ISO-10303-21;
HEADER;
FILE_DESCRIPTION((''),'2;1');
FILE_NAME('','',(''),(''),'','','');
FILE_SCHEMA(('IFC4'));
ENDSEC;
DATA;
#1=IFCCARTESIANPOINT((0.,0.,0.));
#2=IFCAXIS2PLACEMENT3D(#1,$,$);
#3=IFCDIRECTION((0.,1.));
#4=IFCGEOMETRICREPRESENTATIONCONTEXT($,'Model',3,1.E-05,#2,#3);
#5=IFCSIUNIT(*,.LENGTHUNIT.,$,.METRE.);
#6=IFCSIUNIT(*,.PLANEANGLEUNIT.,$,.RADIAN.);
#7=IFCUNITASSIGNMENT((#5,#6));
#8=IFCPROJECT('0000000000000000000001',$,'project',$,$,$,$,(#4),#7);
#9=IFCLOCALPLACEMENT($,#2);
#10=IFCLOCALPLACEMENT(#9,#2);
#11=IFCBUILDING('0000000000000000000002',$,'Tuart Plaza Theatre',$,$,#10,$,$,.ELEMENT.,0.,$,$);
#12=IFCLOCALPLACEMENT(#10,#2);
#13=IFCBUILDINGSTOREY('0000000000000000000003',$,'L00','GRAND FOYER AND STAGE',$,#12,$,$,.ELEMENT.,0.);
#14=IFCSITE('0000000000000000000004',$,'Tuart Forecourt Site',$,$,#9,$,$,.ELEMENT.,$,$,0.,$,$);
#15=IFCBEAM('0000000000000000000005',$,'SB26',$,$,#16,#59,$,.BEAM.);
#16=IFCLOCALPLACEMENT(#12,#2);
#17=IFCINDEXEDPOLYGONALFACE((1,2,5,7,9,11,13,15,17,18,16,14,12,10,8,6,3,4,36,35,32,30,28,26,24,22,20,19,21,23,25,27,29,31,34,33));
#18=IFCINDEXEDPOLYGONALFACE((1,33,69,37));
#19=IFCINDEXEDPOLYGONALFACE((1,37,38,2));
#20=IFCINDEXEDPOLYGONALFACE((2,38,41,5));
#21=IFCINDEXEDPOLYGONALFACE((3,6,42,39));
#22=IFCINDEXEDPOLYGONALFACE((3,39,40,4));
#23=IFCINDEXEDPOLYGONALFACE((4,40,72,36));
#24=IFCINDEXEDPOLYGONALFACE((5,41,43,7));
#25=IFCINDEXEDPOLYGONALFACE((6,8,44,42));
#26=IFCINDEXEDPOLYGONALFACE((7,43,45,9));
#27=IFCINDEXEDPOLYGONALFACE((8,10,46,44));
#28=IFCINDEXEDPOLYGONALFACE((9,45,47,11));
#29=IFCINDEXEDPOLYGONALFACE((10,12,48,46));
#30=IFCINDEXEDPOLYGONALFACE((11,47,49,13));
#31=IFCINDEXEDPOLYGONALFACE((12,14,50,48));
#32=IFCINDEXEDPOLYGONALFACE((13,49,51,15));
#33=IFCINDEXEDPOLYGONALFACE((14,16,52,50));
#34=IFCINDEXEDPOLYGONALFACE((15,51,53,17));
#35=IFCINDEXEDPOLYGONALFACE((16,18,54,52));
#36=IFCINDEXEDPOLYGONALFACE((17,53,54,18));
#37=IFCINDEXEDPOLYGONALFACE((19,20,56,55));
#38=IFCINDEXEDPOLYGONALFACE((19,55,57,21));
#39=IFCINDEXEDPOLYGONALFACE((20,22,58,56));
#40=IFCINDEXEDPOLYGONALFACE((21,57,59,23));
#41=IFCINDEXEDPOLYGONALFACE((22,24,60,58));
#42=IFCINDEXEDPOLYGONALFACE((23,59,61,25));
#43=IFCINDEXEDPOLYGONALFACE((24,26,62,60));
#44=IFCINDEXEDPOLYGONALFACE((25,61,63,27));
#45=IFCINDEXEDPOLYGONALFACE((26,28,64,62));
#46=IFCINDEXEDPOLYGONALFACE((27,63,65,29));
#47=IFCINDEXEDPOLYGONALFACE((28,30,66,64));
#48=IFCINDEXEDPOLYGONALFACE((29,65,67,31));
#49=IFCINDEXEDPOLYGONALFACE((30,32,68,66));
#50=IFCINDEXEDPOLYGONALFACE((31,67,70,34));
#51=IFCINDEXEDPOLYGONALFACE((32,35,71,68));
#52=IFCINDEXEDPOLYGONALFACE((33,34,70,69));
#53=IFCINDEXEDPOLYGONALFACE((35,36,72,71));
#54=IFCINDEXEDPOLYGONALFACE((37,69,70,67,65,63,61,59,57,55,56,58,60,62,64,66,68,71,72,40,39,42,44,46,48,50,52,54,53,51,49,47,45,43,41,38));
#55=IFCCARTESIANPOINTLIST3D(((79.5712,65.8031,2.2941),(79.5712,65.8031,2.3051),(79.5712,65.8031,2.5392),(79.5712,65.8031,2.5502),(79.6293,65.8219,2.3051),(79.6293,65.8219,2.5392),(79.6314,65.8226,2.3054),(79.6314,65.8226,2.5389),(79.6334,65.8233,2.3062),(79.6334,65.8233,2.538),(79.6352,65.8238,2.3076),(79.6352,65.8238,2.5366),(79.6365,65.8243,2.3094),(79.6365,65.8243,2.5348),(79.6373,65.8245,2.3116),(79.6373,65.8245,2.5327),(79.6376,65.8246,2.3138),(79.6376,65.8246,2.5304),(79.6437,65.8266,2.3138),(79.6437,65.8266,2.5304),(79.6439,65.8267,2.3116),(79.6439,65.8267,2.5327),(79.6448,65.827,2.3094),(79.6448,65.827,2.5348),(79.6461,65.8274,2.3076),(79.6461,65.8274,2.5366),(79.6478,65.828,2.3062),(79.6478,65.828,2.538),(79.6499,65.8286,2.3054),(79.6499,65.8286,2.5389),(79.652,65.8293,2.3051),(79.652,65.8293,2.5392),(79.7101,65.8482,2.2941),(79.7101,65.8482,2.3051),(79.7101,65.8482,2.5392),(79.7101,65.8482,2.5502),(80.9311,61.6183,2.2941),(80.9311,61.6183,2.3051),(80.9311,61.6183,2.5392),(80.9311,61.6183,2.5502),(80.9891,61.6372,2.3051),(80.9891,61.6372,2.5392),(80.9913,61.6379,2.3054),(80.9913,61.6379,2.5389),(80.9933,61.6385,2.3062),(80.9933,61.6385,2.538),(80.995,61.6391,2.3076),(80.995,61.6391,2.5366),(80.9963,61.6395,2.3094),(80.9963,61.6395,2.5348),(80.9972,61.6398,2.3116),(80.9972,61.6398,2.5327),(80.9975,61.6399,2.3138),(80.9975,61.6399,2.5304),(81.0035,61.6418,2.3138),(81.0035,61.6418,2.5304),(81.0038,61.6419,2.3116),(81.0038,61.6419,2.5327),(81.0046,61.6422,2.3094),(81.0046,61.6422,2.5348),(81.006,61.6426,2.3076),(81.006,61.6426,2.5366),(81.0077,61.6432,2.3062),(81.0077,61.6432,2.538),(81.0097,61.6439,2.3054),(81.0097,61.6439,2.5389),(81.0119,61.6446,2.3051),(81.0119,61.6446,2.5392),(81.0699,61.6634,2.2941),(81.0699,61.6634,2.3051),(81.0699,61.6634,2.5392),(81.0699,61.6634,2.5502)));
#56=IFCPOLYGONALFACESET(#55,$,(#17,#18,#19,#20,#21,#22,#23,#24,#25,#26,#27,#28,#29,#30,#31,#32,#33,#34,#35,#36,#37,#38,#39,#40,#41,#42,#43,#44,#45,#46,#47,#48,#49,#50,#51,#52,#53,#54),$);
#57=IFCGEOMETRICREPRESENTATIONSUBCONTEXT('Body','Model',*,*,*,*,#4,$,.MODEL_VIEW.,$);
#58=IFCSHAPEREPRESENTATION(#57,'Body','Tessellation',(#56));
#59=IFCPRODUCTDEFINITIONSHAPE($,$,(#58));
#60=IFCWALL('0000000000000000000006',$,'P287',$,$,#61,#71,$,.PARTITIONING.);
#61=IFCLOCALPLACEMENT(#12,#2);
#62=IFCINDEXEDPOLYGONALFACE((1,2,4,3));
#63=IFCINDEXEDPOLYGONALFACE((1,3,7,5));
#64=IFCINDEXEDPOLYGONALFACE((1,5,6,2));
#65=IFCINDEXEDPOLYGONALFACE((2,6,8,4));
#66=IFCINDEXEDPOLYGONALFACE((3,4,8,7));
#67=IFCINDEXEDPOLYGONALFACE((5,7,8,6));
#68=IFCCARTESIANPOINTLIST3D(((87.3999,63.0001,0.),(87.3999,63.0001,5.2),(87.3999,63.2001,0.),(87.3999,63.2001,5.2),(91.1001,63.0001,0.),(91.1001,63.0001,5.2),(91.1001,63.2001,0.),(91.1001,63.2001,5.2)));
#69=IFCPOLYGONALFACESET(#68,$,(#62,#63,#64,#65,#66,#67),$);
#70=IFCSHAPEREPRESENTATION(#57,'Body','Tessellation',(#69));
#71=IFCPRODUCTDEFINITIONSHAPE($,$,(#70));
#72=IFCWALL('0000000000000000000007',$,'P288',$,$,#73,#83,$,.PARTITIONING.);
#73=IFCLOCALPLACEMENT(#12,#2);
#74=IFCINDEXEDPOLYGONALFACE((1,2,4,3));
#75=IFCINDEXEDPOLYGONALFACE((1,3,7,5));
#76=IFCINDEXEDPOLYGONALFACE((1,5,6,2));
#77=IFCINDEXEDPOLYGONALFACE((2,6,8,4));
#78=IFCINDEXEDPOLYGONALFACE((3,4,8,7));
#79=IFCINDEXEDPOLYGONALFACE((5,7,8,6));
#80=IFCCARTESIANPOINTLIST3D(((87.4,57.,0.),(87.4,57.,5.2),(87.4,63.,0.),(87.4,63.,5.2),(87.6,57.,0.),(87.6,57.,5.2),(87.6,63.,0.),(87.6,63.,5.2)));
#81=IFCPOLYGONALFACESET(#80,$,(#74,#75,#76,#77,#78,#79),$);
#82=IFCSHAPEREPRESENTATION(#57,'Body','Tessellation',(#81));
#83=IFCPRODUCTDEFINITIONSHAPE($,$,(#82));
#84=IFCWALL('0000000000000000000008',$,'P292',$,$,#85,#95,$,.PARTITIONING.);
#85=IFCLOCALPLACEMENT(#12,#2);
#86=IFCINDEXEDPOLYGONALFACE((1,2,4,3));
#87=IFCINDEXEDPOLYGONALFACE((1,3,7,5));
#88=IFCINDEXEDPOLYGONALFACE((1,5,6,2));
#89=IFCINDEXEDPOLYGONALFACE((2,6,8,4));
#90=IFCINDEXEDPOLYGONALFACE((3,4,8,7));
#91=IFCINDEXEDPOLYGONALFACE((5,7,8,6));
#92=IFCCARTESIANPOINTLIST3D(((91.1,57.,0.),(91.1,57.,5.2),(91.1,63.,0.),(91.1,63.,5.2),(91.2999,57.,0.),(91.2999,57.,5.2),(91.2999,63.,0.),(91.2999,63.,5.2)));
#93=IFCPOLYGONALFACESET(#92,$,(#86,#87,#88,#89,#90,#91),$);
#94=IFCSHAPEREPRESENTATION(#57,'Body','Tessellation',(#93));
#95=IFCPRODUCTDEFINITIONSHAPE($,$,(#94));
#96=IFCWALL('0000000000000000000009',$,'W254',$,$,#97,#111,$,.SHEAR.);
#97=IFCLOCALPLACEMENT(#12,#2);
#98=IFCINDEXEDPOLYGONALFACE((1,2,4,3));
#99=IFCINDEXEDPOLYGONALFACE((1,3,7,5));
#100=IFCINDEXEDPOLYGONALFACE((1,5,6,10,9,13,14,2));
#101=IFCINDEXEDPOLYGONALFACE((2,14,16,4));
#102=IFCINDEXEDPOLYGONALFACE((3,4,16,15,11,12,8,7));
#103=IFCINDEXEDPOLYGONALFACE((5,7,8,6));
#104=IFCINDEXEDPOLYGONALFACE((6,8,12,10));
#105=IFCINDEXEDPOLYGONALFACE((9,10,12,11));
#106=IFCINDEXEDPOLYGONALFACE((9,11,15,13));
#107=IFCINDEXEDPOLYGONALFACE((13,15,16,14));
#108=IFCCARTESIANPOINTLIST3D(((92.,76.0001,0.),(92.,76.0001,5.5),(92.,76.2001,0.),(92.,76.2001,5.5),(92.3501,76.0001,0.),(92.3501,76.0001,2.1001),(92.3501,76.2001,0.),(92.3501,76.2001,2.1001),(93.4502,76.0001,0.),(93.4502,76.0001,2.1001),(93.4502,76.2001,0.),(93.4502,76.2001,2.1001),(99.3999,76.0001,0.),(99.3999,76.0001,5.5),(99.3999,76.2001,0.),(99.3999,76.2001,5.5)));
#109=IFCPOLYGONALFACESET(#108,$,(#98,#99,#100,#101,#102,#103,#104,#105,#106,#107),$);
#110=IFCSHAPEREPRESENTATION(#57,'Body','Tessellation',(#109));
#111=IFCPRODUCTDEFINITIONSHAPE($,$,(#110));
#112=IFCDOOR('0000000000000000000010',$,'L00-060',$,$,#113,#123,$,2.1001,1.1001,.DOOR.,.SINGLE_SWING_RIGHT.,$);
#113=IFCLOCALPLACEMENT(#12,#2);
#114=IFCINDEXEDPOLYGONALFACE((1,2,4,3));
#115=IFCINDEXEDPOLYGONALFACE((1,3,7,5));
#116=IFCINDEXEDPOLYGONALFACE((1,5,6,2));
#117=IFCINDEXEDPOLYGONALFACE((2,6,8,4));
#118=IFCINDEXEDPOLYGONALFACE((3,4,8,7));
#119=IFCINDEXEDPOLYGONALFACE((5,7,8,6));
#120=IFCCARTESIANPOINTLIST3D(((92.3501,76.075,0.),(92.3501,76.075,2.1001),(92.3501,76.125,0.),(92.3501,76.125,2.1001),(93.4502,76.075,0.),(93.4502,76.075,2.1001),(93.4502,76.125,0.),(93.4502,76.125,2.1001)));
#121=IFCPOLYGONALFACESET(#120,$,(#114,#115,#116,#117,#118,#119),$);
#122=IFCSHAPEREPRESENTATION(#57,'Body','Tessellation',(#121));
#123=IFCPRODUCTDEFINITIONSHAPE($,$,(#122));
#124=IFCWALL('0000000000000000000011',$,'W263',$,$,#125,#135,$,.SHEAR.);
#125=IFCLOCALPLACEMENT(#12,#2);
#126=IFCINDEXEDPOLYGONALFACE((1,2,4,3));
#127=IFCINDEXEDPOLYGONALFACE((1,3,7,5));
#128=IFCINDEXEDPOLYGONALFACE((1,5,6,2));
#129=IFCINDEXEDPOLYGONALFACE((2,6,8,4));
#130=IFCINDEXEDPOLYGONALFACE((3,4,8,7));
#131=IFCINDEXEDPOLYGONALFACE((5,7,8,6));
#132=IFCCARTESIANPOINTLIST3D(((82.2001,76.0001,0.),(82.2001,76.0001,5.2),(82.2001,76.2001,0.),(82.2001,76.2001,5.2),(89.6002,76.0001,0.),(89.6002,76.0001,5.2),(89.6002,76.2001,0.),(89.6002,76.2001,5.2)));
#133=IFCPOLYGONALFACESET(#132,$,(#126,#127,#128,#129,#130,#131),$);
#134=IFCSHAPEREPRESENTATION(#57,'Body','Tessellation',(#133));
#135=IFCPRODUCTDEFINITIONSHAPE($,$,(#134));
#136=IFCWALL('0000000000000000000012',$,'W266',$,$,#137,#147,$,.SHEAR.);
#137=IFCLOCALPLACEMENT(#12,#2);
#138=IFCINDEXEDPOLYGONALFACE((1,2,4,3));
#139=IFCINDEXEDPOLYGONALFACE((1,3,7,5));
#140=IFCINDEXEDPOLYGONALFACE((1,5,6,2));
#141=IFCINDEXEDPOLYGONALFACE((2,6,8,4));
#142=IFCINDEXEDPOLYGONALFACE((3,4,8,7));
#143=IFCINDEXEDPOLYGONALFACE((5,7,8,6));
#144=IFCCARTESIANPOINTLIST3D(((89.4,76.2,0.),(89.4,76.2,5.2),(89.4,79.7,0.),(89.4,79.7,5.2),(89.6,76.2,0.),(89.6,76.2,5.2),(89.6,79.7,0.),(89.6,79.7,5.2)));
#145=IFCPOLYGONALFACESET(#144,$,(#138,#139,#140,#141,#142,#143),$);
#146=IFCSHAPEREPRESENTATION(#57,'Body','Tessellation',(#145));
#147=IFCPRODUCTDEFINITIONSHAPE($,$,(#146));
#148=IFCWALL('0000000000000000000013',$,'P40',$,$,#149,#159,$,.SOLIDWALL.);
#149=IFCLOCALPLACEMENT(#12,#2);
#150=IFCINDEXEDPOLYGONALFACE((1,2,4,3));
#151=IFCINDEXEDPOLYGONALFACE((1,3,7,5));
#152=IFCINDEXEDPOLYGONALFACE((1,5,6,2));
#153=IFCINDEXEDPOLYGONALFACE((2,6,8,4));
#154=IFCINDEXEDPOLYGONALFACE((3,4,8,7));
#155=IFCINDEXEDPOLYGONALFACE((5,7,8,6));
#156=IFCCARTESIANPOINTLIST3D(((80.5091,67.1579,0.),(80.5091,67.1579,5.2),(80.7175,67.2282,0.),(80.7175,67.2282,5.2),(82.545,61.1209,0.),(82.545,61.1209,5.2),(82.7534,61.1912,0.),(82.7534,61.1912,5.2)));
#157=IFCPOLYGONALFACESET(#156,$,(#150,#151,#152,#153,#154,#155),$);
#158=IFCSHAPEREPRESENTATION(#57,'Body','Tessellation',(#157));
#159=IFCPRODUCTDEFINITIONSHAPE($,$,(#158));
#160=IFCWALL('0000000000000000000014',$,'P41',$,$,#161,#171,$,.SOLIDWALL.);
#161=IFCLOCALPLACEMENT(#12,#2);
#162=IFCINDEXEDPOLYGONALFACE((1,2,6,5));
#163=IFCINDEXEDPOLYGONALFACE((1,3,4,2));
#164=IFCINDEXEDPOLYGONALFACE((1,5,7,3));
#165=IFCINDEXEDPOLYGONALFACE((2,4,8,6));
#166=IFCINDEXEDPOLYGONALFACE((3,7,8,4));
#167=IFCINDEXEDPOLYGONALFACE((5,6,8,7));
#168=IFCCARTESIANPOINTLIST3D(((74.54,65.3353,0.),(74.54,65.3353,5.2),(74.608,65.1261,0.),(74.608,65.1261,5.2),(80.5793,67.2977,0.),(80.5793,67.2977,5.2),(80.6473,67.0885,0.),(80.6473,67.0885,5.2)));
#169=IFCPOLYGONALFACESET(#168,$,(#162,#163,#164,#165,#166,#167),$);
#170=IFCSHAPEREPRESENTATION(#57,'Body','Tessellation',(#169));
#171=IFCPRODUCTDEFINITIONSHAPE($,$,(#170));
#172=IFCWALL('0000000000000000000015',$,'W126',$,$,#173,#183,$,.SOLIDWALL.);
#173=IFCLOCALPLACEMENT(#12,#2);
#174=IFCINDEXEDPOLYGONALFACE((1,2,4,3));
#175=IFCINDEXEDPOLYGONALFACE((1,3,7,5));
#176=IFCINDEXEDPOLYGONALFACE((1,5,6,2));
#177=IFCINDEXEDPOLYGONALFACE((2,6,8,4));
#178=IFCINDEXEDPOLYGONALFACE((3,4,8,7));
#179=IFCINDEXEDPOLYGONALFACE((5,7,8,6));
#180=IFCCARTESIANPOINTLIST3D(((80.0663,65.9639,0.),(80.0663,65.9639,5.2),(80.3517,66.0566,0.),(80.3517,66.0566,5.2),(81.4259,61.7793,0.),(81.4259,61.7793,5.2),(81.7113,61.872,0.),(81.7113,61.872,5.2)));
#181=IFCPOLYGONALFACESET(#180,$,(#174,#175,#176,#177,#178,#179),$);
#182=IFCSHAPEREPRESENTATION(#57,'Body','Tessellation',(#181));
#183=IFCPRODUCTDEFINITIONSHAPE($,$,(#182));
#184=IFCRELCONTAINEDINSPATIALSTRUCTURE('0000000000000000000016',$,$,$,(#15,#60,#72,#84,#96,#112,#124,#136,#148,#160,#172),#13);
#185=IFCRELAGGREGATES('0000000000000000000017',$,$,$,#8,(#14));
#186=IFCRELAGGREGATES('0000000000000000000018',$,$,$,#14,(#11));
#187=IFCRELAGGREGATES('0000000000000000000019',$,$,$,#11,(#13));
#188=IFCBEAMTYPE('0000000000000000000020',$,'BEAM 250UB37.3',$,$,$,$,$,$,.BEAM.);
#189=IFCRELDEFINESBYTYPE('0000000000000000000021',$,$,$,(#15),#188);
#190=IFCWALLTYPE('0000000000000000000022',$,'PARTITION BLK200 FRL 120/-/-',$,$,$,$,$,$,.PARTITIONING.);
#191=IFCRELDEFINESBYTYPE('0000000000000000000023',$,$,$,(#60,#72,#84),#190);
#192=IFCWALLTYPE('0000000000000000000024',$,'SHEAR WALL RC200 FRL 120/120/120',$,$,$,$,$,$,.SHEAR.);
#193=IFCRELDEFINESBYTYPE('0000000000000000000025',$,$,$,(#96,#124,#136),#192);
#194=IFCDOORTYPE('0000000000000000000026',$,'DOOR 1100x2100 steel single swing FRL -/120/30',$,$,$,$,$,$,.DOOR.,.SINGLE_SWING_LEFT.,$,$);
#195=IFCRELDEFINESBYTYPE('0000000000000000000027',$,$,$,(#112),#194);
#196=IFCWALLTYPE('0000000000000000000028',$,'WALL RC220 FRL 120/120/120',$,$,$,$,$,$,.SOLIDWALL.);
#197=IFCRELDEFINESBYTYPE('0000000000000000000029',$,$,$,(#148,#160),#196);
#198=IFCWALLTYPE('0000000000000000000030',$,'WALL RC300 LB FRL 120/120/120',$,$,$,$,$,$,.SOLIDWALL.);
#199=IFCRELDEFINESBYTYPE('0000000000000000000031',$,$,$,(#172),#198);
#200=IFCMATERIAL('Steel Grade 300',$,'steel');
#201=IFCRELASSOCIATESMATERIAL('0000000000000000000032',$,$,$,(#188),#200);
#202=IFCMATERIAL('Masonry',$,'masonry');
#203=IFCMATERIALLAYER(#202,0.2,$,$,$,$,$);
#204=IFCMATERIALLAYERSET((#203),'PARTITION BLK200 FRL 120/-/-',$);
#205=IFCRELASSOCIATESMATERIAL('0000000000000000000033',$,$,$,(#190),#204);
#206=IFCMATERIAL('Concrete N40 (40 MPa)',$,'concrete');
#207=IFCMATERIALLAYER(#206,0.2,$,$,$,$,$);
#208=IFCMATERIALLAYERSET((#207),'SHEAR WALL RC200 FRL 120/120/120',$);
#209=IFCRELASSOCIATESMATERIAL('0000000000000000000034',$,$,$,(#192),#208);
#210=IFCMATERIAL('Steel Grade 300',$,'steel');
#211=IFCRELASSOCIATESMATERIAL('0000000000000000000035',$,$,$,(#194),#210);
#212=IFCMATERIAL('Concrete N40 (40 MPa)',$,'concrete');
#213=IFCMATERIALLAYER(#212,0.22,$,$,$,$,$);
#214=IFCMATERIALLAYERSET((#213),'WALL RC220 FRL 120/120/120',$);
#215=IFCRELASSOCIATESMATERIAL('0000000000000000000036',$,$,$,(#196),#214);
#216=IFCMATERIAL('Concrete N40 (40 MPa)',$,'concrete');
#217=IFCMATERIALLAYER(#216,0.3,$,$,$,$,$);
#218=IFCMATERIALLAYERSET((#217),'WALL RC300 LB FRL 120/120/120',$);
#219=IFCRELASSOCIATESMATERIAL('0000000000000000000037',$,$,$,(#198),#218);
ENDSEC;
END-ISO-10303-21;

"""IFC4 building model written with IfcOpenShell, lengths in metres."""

from ifc_helpers import new_model, si_unit, direction, frame, frame_2d, origin, origin_2d, place, context, subcontext, project, spatial, rectangle, i_section, extrude, material, layer, layer_set, material_profile, profile_set, type_object, element, fill, save


model = new_model("IFC4")

# Units and contexts
model_context = context("Model", 3, precision=1e-05, world=origin(), true_north=direction((0.0, 1.0)))
body_context = subcontext(model_context, "Body", "Model", "MODEL_VIEW")
ifc_project = project(units=[si_unit("LENGTHUNIT", "METRE"), si_unit("PLANEANGLEUNIT", "RADIAN")], contexts=[model_context])

# Site, building, storey
site_placement = place(None, origin())
site = spatial("IfcSite", under=ifc_project, at=site_placement, Name="Tuart Forecourt Site", CompositionType="ELEMENT", RefElevation=0.0)
building_placement = place(site_placement, origin())
building = spatial("IfcBuilding", under=site, at=building_placement, Name="Tuart Plaza Theatre", CompositionType="ELEMENT", ElevationOfRefHeight=0.0)
storey_placement = place(building_placement, origin())
storey = spatial("IfcBuildingStorey", under=building, at=storey_placement, Name="L00", Description="GRAND FOYER AND STAGE", CompositionType="ELEMENT", Elevation=0.0)

# Beam
ifc_material_1 = material(Name="Steel Grade 300", Category="steel")
ifc_material_profile_1 = material_profile(ifc_material_1, i_section(OverallWidth=0.146, OverallDepth=0.2561, WebThickness=0.0063, FlangeThickness=0.011, FilletRadius=0.0088, at=origin_2d()), Name="250UB37.3")
ifc_profile_set_1 = profile_set([ifc_material_profile_1], Name="Steel Grade 300")
beam_type = type_object("IfcBeamType", Name="BEAM 250UB37.3", PredefinedType="BEAM", material=ifc_profile_set_1)
beam_1_placement = place(storey_placement, frame((81.0005, 61.6409, 2.4221), z_axis=(-0.309045, 0.951048, 0.0), x_axis=(-0.951048, -0.309045, 0.0)))
element("IfcBeam", 1, at=beam_1_placement, inside=storey, type_object=beam_type, Name="SB26", PredefinedType="BEAM", context=body_context, shape_type="SweptSolid", body=[
    extrude(i_section(OverallWidth=0.146, OverallDepth=0.2561, WebThickness=0.0063, FlangeThickness=0.011, FilletRadius=0.0088, at=origin_2d()), origin(), (0.0, 0.0, 1.0), 4.4001),
])

# Walls
ifc_material_2 = material(Name="Masonry", Category="masonry")
ifc_layer_1 = layer(ifc_material_2, 0.2)
ifc_layer_set_1 = layer_set([ifc_layer_1], Name="PARTITION BLK200 FRL 120/-/-")
wall_type_1 = type_object("IfcWallType", Name="PARTITION BLK200 FRL 120/-/-", PredefinedType="PARTITIONING", material=ifc_layer_set_1)
wall_1_placement = place(storey_placement, frame((91.1001, 63.1001, 0.0), z_axis=(0.0, 0.0, 1.0), x_axis=(-1.0, 0.0, 0.0)))
element("IfcWall", 2, at=wall_1_placement, inside=storey, type_object=wall_type_1, Name="P287", PredefinedType="PARTITIONING", context=body_context, shape_type="SweptSolid", body=[
    extrude(rectangle(XDim=3.7002, YDim=0.2, at=frame_2d((1.8501, 0.0))), origin(), (0.0, 0.0, 1.0), 5.2),
])
for number, where, z_axis, x_axis, name in (
    (3, (87.5, 63.0, 0.0), (0.0, 0.0, 1.0), (0.0, -1.0, 0.0), "P288"),
    (4, (91.2, 63.0, 0.0), (0.0, 0.0, 1.0), (0.0, -1.0, 0.0), "P292"),
):
    element("IfcWall", number, at=place(storey_placement, frame(where, z_axis=z_axis, x_axis=x_axis)), inside=storey, type_object=wall_type_1, Name=name, PredefinedType="PARTITIONING", context=body_context, shape_type="SweptSolid", body=[
        extrude(rectangle(XDim=6.0, YDim=0.2, at=frame_2d((3.0, 0.0))), origin(), (0.0, 0.0, 1.0), 5.2),
    ])

# Wall, opening, door
ifc_material_3 = material(Name="Concrete N40 (40 MPa)", Category="concrete")
ifc_layer_2 = layer(ifc_material_3, 0.2)
ifc_layer_set_2 = layer_set([ifc_layer_2], Name="SHEAR WALL RC200 FRL 120/120/120")
wall_type_2 = type_object("IfcWallType", Name="SHEAR WALL RC200 FRL 120/120/120", PredefinedType="SHEAR", material=ifc_layer_set_2)
wall_2_placement = place(storey_placement, frame((92.0, 76.1001, 0.0), z_axis=(0.0, 0.0, 1.0), x_axis=(1.0, 0.0, 0.0)))
wall_2 = element("IfcWall", 5, at=wall_2_placement, inside=storey, type_object=wall_type_2, Name="W254", PredefinedType="SHEAR", context=body_context, shape_type="SweptSolid", body=[
    extrude(rectangle(XDim=7.3999, YDim=0.2, at=frame_2d((3.7, 0.0))), origin(), (0.0, 0.0, 1.0), 5.5),
])
opening_placement = place(wall_2_placement, frame((0.3501, 0.0, 0.0)))
opening = element("IfcOpeningElement", 6, at=opening_placement, cuts=wall_2, PredefinedType="OPENING", context=body_context, shape_type="SweptSolid", body=[
    extrude(rectangle(XDim=1.1001, YDim=2.1001, at=frame_2d((0.55, 1.05))), frame((0.0, 0.1099, 0.0), z_axis=(0.0, -1.0, 0.0), x_axis=(1.0, 0.0, 0.0)), (0.0, 0.0, 1.0), 0.22),
])
ifc_material_4 = material(Name="Steel Grade 300", Category="steel")
door_type = type_object("IfcDoorType", Name="DOOR 1100x2100 steel single swing FRL -/120/30", OperationType="SINGLE_SWING_LEFT", PredefinedType="DOOR", material=ifc_material_4)
door_placement = place(opening_placement, origin())
door = element("IfcDoor", 7, at=door_placement, inside=storey, type_object=door_type, Name="L00-060", OperationType="SINGLE_SWING_RIGHT", OverallHeight=2.1001, OverallWidth=1.1001, PredefinedType="DOOR", context=body_context, shape_type="SweptSolid", body=[
    extrude(rectangle(XDim=1.1001, YDim=2.1001, at=frame_2d((0.55, 1.05))), frame((0.0, 0.0249, 0.0), z_axis=(0.0, -1.0, 0.0), x_axis=(1.0, 0.0, 0.0)), (0.0, 0.0, 1.0), 0.05),
])
fill(opening, door)

# Walls
wall_3_placement = place(storey_placement, frame((82.2, 76.1001, 0.0), z_axis=(0.0, 0.0, 1.0), x_axis=(1.0, 0.0, 0.0)))
element("IfcWall", 8, at=wall_3_placement, inside=storey, type_object=wall_type_2, Name="W263", PredefinedType="SHEAR", context=body_context, shape_type="SweptSolid", body=[
    extrude(rectangle(XDim=7.4001, YDim=0.2, at=frame_2d((3.7002, 0.0))), origin(), (0.0, 0.0, 1.0), 5.2),
])
wall_4_placement = place(storey_placement, frame((89.5, 76.2, 0.0), z_axis=(0.0, 0.0, 1.0), x_axis=(0.0, 1.0, 0.0)))
element("IfcWall", 9, at=wall_4_placement, inside=storey, type_object=wall_type_2, Name="W266", PredefinedType="SHEAR", context=body_context, shape_type="SweptSolid", body=[
    extrude(rectangle(XDim=3.5, YDim=0.2, at=frame_2d((1.75, 0.0))), origin(), (0.0, 0.0, 1.0), 5.2),
])
ifc_material_5 = material(Name="Concrete N40 (40 MPa)", Category="concrete")
ifc_layer_3 = layer(ifc_material_5, 0.22)
ifc_layer_set_3 = layer_set([ifc_layer_3], Name="WALL RC220 FRL 120/120/120")
wall_type_3 = type_object("IfcWallType", Name="WALL RC220 FRL 120/120/120", PredefinedType="SOLIDWALL", material=ifc_layer_set_3)
wall_5_placement = place(storey_placement, frame((82.6492, 61.156, 0.0), z_axis=(0.0, 0.0, 1.0), x_axis=(-0.319548, 0.94757, 0.0)))
element("IfcWall", 10, at=wall_5_placement, inside=storey, type_object=wall_type_3, Name="P40", PredefinedType="SOLIDWALL", context=body_context, shape_type="SweptSolid", body=[
    extrude(rectangle(XDim=6.3711, YDim=0.22, at=frame_2d((3.1855, 0.0))), origin(), (0.0, 0.0, 1.0), 5.2),
])
wall_6_placement = place(storey_placement, frame((80.6133, 67.1931, 0.0), z_axis=(0.0, 0.0, 1.0), x_axis=(-0.951051, -0.309033, 0.0)))
element("IfcWall", 11, at=wall_6_placement, inside=storey, type_object=wall_type_3, Name="P41", PredefinedType="SOLIDWALL", context=body_context, shape_type="SweptSolid", body=[
    extrude(rectangle(XDim=6.3501, YDim=0.22, at=frame_2d((3.175, 0.0))), origin(), (0.0, 0.0, 1.0), 5.2),
])
ifc_material_6 = material(Name="Concrete N40 (40 MPa)", Category="concrete")
ifc_layer_4 = layer(ifc_material_6, 0.3)
ifc_layer_set_4 = layer_set([ifc_layer_4], Name="WALL RC300 LB FRL 120/120/120")
wall_type_4 = type_object("IfcWallType", Name="WALL RC300 LB FRL 120/120/120", PredefinedType="SOLIDWALL", material=ifc_layer_set_4)
wall_7_placement = place(storey_placement, frame((81.5686, 61.8257, 0.0), z_axis=(0.0, 0.0, 1.0), x_axis=(-0.309011, 0.951059, 0.0)))
element("IfcWall", 12, at=wall_7_placement, inside=storey, type_object=wall_type_4, Name="W126", PredefinedType="SOLIDWALL", context=body_context, shape_type="SweptSolid", body=[
    extrude(rectangle(XDim=4.3999, YDim=0.3, at=frame_2d((2.2, 0.0))), origin(), (0.0, 0.0, 1.0), 5.2),
])

save(model, "model.ifc")
